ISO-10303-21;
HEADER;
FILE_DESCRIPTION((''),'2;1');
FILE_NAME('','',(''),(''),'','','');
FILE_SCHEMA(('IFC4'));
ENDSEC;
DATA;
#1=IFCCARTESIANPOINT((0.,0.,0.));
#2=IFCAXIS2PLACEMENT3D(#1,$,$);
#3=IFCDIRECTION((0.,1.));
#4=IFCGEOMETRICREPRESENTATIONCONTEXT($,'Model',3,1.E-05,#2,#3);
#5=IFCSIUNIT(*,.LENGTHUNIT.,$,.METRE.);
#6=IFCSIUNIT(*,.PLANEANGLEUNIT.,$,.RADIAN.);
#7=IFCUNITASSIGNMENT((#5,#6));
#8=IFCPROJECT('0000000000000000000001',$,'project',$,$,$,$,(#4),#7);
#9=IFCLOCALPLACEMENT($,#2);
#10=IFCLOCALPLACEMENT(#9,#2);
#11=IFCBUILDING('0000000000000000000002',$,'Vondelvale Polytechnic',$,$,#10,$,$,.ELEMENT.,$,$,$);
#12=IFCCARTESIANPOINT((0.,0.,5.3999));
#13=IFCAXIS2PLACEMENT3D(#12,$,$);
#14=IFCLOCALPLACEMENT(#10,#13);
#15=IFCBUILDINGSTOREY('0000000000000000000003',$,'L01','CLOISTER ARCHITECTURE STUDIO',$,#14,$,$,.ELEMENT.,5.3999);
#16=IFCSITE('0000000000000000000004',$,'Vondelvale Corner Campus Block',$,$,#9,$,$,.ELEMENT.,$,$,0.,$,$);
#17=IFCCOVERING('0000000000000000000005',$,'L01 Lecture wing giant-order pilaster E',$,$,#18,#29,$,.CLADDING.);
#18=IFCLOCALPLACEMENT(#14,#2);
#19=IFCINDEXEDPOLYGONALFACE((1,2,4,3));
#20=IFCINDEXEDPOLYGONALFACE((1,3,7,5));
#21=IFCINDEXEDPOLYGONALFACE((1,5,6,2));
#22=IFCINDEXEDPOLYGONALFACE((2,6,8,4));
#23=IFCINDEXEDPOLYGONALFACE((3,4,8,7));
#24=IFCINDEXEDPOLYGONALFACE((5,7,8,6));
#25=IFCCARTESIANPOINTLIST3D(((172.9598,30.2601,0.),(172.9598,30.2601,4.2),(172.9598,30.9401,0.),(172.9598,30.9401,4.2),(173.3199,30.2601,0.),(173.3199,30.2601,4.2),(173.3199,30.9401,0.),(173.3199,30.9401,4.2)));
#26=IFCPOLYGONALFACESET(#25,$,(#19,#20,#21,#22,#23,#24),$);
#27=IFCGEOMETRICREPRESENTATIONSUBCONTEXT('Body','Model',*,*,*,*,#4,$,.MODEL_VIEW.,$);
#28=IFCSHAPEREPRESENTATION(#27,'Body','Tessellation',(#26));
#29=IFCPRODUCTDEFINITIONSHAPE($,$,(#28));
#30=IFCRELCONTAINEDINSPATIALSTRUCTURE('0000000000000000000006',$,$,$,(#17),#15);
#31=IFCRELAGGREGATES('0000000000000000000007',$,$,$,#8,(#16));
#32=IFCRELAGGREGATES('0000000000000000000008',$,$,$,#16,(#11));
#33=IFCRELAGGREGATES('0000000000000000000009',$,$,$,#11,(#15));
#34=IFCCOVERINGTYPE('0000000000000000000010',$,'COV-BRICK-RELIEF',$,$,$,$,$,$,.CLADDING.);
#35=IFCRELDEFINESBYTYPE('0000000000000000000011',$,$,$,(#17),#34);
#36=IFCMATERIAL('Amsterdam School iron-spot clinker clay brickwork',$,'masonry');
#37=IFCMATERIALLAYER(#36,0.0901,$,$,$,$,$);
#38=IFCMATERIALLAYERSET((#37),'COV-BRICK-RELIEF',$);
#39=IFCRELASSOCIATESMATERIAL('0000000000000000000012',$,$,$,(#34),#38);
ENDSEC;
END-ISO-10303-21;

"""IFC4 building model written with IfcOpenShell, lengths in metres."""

from ifc_helpers import new_model, si_unit, direction, frame, origin, origin_2d, place, context, subcontext, project, spatial, rectangle, extrude, material, layer, layer_set, type_object, element, save


model = new_model("IFC4")

# Units and contexts
model_context = context("Model", 3, precision=1e-05, world=origin(), true_north=direction((0.0, 1.0)))
body_context = subcontext(model_context, "Body", "Model", "MODEL_VIEW")
ifc_project = project(units=[si_unit("LENGTHUNIT", "METRE"), si_unit("PLANEANGLEUNIT", "RADIAN")], contexts=[model_context])

# Site, building, storey
site_placement = place(None, origin())
site = spatial("IfcSite", under=ifc_project, at=site_placement, Name="Vondelvale Corner Campus Block", CompositionType="ELEMENT", RefElevation=0.0)
building_placement = place(site_placement, origin())
building = spatial("IfcBuilding", under=site, at=building_placement, Name="Vondelvale Polytechnic", CompositionType="ELEMENT")
storey_placement = place(building_placement, frame((0.0, 0.0, 5.3999)))
storey = spatial("IfcBuildingStorey", under=building, at=storey_placement, Name="L01", Description="CLOISTER ARCHITECTURE STUDIO", CompositionType="ELEMENT", Elevation=5.3999)

# Shared definitions
ifc_material_1 = material(Name="Amsterdam School iron-spot clinker clay brickwork", Category="masonry")

# Covering
ifc_layer_1 = layer(ifc_material_1, 0.0901)
ifc_layer_set_1 = layer_set([ifc_layer_1], Name="COV-BRICK-RELIEF")
covering_type = type_object("IfcCoveringType", Name="COV-BRICK-RELIEF", PredefinedType="CLADDING", material=ifc_layer_set_1)
covering_1_placement = place(storey_placement, frame((173.1399, 30.6001, 0.0), z_axis=(0.0, 0.0, 1.0), x_axis=(1.0, 0.0, 0.0)))
element("IfcCovering", 1, at=covering_1_placement, inside=storey, type_object=covering_type, Name="L01 Lecture wing giant-order pilaster E", PredefinedType="CLADDING", context=body_context, shape_type="SweptSolid", body=[
    extrude(rectangle(XDim=0.3601, YDim=0.6799, at=origin_2d()), origin(), (0.0, 0.0, 1.0), 4.2),
])

save(model, "model.ifc")
